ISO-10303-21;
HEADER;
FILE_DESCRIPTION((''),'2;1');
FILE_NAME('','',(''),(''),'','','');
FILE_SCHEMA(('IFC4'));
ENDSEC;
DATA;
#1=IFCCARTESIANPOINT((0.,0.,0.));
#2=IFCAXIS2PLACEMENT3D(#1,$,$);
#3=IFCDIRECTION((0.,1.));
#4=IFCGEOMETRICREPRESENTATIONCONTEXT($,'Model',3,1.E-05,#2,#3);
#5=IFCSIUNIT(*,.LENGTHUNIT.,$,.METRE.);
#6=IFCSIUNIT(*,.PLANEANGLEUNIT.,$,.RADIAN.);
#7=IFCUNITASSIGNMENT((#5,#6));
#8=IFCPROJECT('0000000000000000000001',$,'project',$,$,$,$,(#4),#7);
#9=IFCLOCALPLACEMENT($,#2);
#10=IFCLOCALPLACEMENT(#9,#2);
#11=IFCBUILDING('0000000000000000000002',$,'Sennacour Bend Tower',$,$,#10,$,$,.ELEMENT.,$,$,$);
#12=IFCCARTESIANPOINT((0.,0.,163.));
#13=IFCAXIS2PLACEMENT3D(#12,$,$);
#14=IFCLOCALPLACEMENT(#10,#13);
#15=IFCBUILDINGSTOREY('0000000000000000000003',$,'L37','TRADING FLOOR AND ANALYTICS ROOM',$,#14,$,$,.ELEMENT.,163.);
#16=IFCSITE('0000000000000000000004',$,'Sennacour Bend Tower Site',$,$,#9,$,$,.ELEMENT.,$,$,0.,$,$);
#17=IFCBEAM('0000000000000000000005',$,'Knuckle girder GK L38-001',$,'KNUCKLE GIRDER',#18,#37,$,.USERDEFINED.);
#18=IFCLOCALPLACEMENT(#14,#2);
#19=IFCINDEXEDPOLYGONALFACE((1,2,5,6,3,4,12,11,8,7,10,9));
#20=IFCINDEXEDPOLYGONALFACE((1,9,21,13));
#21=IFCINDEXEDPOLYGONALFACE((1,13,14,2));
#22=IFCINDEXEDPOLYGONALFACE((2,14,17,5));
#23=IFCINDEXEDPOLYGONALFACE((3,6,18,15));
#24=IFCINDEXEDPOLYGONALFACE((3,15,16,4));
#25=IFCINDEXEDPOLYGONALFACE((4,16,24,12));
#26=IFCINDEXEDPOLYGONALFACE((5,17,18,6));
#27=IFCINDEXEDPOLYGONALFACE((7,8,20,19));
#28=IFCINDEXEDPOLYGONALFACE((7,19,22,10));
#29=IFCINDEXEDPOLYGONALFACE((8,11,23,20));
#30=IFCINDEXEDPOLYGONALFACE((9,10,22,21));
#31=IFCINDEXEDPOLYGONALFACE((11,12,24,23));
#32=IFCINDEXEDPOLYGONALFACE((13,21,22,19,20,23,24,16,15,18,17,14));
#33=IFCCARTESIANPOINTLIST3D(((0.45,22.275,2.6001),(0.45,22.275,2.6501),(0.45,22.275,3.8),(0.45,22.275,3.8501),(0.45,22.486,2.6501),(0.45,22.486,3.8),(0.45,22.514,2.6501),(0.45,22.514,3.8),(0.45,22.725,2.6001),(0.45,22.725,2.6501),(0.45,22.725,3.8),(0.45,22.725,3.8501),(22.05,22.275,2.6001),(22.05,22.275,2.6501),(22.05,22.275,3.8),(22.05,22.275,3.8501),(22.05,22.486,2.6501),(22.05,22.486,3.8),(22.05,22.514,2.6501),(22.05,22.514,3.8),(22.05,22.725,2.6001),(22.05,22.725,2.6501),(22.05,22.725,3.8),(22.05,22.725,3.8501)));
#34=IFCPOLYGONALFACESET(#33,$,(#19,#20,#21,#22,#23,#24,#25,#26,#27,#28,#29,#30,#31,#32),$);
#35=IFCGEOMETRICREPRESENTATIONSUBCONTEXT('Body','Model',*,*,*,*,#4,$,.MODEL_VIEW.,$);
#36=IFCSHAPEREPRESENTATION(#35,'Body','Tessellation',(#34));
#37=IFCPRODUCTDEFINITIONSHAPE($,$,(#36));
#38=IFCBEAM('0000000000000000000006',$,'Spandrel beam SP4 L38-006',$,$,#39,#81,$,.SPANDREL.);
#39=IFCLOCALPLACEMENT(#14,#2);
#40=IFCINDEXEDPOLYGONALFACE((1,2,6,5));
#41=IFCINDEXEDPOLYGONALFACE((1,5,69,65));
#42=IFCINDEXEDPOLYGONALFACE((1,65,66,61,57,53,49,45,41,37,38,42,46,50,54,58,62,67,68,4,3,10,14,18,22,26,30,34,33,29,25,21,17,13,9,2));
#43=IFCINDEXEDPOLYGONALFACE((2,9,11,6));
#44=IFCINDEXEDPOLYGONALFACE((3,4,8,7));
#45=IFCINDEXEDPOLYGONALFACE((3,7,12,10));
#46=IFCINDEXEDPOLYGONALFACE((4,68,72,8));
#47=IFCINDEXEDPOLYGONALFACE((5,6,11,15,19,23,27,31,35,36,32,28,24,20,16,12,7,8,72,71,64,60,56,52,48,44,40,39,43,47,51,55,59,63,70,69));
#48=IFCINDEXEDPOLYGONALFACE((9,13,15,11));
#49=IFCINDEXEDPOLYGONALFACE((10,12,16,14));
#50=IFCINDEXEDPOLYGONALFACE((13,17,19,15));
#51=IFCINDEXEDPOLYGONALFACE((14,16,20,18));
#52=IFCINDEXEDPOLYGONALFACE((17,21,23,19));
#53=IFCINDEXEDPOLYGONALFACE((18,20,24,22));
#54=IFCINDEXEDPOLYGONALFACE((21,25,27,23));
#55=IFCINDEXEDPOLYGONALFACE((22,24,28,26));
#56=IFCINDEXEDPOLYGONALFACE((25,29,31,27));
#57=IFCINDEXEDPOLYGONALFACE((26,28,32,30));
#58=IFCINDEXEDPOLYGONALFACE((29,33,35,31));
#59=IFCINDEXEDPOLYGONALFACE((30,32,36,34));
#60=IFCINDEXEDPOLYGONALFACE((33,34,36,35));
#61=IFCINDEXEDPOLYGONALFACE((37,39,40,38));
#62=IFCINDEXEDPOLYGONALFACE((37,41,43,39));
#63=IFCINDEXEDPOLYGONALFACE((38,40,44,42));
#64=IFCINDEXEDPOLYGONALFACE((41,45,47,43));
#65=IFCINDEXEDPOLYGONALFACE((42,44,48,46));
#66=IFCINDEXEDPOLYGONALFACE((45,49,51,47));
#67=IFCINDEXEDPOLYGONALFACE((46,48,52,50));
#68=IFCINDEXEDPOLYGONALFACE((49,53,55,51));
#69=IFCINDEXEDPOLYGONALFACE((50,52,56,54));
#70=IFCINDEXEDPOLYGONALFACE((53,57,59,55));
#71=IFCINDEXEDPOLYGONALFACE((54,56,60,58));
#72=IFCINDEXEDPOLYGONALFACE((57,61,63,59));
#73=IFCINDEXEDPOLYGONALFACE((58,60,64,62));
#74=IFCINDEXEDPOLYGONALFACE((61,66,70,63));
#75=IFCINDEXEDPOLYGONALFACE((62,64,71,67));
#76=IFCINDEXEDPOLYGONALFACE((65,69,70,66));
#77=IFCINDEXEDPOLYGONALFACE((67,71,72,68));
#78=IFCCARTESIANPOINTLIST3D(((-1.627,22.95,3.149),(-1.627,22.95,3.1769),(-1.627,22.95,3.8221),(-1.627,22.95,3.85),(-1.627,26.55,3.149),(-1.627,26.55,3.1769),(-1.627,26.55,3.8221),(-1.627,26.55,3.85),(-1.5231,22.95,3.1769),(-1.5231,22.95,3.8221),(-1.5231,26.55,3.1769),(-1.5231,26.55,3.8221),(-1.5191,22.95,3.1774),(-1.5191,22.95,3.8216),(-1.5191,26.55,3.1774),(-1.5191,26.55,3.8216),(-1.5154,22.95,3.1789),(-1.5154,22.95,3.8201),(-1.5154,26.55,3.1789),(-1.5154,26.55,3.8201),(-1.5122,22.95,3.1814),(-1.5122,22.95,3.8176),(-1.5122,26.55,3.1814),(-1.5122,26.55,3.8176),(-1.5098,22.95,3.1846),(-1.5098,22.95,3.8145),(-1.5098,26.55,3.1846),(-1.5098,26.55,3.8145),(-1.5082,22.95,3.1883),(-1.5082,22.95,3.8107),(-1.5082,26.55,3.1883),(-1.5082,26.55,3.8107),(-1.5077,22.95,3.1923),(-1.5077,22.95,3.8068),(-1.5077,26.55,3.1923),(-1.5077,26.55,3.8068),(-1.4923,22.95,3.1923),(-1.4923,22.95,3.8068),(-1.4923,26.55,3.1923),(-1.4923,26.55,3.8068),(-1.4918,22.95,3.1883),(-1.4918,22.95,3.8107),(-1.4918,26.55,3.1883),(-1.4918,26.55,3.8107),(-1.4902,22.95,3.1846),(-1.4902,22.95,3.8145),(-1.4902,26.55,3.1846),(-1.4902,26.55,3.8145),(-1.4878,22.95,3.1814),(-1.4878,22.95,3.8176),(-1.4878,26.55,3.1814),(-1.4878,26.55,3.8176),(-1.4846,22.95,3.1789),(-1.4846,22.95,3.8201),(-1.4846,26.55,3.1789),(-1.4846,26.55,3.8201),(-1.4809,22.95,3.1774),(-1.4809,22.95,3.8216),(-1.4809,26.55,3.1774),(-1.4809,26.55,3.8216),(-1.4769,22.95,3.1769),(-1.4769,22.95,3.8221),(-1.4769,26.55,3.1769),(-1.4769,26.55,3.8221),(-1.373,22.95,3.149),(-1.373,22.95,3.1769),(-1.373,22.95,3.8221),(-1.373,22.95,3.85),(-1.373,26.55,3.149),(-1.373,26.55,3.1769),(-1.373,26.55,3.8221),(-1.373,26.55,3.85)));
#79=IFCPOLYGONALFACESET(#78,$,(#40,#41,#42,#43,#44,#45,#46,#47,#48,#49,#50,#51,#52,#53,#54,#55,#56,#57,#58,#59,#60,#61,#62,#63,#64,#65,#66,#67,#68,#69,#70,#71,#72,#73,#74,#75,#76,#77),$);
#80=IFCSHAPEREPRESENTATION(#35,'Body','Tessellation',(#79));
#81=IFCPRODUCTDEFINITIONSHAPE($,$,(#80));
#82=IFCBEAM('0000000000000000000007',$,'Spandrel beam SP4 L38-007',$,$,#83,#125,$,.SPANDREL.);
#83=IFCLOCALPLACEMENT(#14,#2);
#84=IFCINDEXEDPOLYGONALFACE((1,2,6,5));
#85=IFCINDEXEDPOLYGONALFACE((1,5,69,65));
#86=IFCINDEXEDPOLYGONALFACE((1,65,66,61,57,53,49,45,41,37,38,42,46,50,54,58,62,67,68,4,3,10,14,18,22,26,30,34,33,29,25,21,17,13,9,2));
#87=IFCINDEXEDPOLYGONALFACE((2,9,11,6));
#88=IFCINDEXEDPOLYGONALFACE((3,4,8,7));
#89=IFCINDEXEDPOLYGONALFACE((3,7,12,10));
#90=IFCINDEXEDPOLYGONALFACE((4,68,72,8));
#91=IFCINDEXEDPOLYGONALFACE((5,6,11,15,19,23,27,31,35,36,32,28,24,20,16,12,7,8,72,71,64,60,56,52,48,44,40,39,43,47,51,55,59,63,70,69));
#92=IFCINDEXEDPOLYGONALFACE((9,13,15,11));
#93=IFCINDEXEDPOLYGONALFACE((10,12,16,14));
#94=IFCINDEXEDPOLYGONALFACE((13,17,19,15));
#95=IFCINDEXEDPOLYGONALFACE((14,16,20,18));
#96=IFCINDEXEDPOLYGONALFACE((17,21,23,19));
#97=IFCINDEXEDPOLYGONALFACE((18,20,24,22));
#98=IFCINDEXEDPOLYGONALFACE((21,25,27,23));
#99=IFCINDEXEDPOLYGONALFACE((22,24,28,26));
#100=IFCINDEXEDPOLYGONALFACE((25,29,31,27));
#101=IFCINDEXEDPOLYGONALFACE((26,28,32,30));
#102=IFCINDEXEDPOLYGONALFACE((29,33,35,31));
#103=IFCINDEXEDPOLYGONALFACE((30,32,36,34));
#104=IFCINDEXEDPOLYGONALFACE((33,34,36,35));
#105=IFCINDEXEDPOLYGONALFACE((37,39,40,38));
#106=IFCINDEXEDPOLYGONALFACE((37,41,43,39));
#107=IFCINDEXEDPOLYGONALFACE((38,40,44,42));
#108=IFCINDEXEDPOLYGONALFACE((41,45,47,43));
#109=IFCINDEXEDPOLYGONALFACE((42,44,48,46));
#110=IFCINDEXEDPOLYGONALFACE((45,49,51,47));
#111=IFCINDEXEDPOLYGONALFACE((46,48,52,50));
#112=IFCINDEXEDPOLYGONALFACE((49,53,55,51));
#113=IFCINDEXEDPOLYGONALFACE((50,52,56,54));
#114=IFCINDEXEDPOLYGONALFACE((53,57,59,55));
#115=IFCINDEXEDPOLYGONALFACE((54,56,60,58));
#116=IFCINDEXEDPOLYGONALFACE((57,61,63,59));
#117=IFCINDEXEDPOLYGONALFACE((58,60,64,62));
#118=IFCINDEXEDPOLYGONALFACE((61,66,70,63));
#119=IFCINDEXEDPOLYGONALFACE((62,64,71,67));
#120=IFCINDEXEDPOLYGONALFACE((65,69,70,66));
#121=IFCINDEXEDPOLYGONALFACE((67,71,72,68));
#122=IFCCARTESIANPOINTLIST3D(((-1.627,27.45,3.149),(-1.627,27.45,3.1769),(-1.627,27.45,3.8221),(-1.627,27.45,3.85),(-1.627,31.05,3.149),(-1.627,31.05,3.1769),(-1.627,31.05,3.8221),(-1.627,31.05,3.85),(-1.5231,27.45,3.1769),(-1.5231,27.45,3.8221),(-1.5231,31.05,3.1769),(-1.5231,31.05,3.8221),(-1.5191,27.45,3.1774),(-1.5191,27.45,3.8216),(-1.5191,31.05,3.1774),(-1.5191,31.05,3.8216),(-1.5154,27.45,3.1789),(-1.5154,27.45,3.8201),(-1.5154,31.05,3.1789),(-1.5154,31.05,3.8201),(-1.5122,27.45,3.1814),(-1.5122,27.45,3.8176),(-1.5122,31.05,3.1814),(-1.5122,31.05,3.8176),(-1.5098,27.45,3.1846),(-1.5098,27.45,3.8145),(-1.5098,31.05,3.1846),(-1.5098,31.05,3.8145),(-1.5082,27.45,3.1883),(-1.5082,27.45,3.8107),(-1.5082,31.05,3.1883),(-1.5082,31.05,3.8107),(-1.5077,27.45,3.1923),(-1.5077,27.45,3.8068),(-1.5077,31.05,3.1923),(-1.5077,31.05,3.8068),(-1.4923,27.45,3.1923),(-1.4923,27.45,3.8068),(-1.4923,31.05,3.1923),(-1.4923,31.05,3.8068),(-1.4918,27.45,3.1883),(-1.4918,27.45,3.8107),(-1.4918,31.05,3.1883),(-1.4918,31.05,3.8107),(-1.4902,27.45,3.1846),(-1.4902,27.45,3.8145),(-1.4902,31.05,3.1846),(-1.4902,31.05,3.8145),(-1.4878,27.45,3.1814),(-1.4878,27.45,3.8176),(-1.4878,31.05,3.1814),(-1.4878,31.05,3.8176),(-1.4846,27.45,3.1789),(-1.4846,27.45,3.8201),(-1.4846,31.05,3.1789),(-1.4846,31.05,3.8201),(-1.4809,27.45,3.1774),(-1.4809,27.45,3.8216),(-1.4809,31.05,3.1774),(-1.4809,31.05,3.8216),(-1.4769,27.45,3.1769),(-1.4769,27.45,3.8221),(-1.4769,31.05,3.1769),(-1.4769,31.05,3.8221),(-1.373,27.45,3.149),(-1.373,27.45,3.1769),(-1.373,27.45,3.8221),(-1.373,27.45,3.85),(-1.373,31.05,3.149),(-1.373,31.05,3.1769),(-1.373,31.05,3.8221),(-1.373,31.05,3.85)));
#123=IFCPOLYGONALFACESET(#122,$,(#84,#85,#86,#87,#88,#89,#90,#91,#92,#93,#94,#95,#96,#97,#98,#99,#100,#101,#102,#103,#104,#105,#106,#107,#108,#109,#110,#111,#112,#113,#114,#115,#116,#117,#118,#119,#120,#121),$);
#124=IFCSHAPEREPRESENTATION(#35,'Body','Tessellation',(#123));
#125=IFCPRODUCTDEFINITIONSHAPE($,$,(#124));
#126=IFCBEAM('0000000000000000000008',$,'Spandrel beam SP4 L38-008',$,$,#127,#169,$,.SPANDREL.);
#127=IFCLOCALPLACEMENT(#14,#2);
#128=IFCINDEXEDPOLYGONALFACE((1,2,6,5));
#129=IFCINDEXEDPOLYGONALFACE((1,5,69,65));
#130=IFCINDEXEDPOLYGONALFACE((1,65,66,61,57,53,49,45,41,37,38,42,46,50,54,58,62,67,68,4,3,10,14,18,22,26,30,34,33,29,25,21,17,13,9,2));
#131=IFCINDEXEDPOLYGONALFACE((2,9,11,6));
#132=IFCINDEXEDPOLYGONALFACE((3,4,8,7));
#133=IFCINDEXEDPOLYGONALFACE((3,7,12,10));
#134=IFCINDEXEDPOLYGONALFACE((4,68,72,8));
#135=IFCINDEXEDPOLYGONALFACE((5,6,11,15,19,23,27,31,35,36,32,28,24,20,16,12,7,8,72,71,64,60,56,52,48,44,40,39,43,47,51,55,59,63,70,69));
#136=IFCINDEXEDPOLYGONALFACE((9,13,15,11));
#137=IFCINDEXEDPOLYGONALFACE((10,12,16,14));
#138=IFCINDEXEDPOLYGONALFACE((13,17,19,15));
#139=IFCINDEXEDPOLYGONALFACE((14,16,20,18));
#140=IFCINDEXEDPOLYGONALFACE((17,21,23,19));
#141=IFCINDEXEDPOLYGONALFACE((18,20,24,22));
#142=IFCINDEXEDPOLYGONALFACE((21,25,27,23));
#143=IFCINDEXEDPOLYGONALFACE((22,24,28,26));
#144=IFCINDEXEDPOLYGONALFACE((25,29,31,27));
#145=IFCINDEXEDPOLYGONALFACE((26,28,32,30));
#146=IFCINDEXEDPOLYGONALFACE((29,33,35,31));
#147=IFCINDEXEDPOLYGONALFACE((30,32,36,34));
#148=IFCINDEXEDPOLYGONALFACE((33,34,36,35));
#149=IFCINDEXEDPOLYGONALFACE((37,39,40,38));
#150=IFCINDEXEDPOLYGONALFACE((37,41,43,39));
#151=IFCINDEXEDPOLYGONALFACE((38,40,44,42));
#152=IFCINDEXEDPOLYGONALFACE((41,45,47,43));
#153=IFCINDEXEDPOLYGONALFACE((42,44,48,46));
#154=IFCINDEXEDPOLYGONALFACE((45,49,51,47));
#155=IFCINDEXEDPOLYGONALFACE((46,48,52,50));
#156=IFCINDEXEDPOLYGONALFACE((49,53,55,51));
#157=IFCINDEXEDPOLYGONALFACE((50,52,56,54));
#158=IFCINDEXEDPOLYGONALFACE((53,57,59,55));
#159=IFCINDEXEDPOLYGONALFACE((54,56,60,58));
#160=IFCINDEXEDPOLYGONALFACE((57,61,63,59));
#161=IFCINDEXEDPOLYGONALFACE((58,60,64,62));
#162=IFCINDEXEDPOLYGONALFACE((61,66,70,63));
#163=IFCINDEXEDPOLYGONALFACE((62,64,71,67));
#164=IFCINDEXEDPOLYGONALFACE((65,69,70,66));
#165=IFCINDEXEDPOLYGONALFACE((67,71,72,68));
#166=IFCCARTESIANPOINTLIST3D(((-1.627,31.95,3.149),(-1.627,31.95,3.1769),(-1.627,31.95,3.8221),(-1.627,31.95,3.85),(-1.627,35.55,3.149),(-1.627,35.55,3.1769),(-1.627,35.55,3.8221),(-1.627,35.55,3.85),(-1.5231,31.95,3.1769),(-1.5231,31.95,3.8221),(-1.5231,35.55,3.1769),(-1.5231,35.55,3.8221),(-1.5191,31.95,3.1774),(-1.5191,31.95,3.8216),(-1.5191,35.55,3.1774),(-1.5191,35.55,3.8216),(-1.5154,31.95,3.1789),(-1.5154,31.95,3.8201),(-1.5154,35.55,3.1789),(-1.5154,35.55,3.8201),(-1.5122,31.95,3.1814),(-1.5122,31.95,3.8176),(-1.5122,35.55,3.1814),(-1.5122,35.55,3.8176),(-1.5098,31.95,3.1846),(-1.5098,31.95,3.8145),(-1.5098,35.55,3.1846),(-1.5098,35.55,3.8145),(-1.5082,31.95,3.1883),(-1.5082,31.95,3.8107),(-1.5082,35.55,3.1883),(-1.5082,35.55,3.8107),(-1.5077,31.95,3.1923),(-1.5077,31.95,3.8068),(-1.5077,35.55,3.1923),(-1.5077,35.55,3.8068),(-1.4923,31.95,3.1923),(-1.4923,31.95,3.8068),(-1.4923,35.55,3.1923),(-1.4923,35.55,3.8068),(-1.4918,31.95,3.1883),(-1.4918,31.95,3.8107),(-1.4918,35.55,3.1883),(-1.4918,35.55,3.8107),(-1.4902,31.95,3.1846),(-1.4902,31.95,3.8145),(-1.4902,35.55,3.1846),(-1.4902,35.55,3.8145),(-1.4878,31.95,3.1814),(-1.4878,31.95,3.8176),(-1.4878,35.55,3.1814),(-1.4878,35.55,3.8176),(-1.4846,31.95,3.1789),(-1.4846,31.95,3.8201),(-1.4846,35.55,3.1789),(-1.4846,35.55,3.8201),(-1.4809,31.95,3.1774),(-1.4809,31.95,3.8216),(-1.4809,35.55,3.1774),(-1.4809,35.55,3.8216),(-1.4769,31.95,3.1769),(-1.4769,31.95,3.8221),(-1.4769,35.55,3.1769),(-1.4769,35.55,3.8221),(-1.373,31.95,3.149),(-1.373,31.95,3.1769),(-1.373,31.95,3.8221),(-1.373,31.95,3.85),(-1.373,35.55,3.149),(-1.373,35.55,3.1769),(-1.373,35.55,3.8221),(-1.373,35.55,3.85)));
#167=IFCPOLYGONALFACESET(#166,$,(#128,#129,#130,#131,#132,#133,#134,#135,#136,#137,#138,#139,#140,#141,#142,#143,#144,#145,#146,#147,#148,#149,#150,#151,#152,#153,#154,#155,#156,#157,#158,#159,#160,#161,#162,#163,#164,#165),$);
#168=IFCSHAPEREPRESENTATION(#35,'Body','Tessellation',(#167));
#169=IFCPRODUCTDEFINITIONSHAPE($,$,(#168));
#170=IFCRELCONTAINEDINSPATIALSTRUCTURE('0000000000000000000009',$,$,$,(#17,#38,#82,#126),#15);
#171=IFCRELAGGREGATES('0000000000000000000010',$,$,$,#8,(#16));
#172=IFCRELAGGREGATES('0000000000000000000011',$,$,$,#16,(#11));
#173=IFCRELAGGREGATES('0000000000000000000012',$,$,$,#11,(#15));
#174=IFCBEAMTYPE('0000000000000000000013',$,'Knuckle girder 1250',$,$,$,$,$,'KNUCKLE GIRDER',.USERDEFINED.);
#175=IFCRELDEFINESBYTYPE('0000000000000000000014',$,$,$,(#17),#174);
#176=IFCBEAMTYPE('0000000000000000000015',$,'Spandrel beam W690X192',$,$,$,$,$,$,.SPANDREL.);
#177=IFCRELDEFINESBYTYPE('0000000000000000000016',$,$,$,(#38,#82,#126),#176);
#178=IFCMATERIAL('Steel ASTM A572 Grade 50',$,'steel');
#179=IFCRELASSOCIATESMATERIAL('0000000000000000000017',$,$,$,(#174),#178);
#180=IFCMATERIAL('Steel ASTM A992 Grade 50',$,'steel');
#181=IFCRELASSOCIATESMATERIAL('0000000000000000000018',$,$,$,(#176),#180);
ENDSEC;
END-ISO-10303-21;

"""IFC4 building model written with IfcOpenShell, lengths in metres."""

from ifc_helpers import new_model, si_unit, direction, frame, origin, origin_2d, place, context, subcontext, project, spatial, i_section, extrude, material, material_profile, profile_set, type_object, element, save


model = new_model("IFC4")

# Units and contexts
model_context = context("Model", 3, precision=1e-05, world=origin(), true_north=direction((0.0, 1.0)))
body_context = subcontext(model_context, "Body", "Model", "MODEL_VIEW")
ifc_project = project(units=[si_unit("LENGTHUNIT", "METRE"), si_unit("PLANEANGLEUNIT", "RADIAN")], contexts=[model_context])

# Site, building, storey
site_placement = place(None, origin())
site = spatial("IfcSite", under=ifc_project, at=site_placement, Name="Sennacour Bend Tower Site", CompositionType="ELEMENT", RefElevation=0.0)
building_placement = place(site_placement, origin())
building = spatial("IfcBuilding", under=site, at=building_placement, Name="Sennacour Bend Tower", CompositionType="ELEMENT")
storey_placement = place(building_placement, frame((0.0, 0.0, 163.0)))
storey = spatial("IfcBuildingStorey", under=building, at=storey_placement, Name="L37", Description="TRADING FLOOR AND ANALYTICS ROOM", CompositionType="ELEMENT", Elevation=163.0)

# Shared definitions
ifc_material_1 = material(Name="Steel ASTM A572 Grade 50", Category="steel")

# Beams
ifc_material_2 = material(Name="Steel ASTM A992 Grade 50", Category="steel")
ifc_material_profile_1 = material_profile(ifc_material_1, i_section(OverallWidth=0.45, OverallDepth=1.25, WebThickness=0.0281, FlangeThickness=0.05, at=origin_2d()), Name="Steel ASTM A572 Grade 50", Category="steel")
ifc_profile_set_1 = profile_set([ifc_material_profile_1], Name="Steel ASTM A572 Grade 50")
beam_type_1 = type_object("IfcBeamType", Name="Knuckle girder 1250", ElementType="KNUCKLE GIRDER", PredefinedType="USERDEFINED", material=ifc_profile_set_1)
beam_1_placement = place(storey_placement, frame((0.45, 22.5, 3.2251), z_axis=(1.0, 0.0, 0.0), x_axis=(0.0, 1.0, 0.0)))
element("IfcBeam", 1, at=beam_1_placement, inside=storey, type_object=beam_type_1, Name="Knuckle girder GK L38-001", ObjectType="KNUCKLE GIRDER", PredefinedType="USERDEFINED", context=body_context, shape_type="SweptSolid", body=[
    extrude(i_section(OverallWidth=0.45, OverallDepth=1.25, WebThickness=0.0281, FlangeThickness=0.05, at=origin_2d()), origin(), (0.0, 0.0, 1.0), 21.6001),
])
ifc_material_profile_2 = material_profile(ifc_material_2, i_section(OverallWidth=0.2539, OverallDepth=0.7009, WebThickness=0.0154, FlangeThickness=0.0278, FilletRadius=0.0154, at=origin_2d()), Name="Steel ASTM A992 Grade 50", Category="steel")
ifc_profile_set_2 = profile_set([ifc_material_profile_2], Name="Steel ASTM A992 Grade 50")
beam_type_2 = type_object("IfcBeamType", Name="Spandrel beam W690X192", PredefinedType="SPANDREL", material=ifc_profile_set_2)
for number, where, z_axis, x_axis, name in (
    (2, (-1.5, 22.95, 3.4995), (0.0, 1.0, 0.0), (-1.0, 0.0, 0.0), "Spandrel beam SP4 L38-006"),
    (3, (-1.5, 27.45, 3.4995), (0.0, 1.0, 0.0), (-1.0, 0.0, 0.0), "Spandrel beam SP4 L38-007"),
    (4, (-1.5, 31.95, 3.4995), (0.0, 1.0, 0.0), (-1.0, 0.0, 0.0), "Spandrel beam SP4 L38-008"),
):
    element("IfcBeam", number, at=place(storey_placement, frame(where, z_axis=z_axis, x_axis=x_axis)), inside=storey, type_object=beam_type_2, Name=name, PredefinedType="SPANDREL", context=body_context, shape_type="SweptSolid", body=[
        extrude(i_section(OverallWidth=0.2539, OverallDepth=0.7009, WebThickness=0.0154, FlangeThickness=0.0278, FilletRadius=0.0154, at=origin_2d()), origin(), (0.0, 0.0, 1.0), 3.6001),
    ])

save(model, "model.ifc")
